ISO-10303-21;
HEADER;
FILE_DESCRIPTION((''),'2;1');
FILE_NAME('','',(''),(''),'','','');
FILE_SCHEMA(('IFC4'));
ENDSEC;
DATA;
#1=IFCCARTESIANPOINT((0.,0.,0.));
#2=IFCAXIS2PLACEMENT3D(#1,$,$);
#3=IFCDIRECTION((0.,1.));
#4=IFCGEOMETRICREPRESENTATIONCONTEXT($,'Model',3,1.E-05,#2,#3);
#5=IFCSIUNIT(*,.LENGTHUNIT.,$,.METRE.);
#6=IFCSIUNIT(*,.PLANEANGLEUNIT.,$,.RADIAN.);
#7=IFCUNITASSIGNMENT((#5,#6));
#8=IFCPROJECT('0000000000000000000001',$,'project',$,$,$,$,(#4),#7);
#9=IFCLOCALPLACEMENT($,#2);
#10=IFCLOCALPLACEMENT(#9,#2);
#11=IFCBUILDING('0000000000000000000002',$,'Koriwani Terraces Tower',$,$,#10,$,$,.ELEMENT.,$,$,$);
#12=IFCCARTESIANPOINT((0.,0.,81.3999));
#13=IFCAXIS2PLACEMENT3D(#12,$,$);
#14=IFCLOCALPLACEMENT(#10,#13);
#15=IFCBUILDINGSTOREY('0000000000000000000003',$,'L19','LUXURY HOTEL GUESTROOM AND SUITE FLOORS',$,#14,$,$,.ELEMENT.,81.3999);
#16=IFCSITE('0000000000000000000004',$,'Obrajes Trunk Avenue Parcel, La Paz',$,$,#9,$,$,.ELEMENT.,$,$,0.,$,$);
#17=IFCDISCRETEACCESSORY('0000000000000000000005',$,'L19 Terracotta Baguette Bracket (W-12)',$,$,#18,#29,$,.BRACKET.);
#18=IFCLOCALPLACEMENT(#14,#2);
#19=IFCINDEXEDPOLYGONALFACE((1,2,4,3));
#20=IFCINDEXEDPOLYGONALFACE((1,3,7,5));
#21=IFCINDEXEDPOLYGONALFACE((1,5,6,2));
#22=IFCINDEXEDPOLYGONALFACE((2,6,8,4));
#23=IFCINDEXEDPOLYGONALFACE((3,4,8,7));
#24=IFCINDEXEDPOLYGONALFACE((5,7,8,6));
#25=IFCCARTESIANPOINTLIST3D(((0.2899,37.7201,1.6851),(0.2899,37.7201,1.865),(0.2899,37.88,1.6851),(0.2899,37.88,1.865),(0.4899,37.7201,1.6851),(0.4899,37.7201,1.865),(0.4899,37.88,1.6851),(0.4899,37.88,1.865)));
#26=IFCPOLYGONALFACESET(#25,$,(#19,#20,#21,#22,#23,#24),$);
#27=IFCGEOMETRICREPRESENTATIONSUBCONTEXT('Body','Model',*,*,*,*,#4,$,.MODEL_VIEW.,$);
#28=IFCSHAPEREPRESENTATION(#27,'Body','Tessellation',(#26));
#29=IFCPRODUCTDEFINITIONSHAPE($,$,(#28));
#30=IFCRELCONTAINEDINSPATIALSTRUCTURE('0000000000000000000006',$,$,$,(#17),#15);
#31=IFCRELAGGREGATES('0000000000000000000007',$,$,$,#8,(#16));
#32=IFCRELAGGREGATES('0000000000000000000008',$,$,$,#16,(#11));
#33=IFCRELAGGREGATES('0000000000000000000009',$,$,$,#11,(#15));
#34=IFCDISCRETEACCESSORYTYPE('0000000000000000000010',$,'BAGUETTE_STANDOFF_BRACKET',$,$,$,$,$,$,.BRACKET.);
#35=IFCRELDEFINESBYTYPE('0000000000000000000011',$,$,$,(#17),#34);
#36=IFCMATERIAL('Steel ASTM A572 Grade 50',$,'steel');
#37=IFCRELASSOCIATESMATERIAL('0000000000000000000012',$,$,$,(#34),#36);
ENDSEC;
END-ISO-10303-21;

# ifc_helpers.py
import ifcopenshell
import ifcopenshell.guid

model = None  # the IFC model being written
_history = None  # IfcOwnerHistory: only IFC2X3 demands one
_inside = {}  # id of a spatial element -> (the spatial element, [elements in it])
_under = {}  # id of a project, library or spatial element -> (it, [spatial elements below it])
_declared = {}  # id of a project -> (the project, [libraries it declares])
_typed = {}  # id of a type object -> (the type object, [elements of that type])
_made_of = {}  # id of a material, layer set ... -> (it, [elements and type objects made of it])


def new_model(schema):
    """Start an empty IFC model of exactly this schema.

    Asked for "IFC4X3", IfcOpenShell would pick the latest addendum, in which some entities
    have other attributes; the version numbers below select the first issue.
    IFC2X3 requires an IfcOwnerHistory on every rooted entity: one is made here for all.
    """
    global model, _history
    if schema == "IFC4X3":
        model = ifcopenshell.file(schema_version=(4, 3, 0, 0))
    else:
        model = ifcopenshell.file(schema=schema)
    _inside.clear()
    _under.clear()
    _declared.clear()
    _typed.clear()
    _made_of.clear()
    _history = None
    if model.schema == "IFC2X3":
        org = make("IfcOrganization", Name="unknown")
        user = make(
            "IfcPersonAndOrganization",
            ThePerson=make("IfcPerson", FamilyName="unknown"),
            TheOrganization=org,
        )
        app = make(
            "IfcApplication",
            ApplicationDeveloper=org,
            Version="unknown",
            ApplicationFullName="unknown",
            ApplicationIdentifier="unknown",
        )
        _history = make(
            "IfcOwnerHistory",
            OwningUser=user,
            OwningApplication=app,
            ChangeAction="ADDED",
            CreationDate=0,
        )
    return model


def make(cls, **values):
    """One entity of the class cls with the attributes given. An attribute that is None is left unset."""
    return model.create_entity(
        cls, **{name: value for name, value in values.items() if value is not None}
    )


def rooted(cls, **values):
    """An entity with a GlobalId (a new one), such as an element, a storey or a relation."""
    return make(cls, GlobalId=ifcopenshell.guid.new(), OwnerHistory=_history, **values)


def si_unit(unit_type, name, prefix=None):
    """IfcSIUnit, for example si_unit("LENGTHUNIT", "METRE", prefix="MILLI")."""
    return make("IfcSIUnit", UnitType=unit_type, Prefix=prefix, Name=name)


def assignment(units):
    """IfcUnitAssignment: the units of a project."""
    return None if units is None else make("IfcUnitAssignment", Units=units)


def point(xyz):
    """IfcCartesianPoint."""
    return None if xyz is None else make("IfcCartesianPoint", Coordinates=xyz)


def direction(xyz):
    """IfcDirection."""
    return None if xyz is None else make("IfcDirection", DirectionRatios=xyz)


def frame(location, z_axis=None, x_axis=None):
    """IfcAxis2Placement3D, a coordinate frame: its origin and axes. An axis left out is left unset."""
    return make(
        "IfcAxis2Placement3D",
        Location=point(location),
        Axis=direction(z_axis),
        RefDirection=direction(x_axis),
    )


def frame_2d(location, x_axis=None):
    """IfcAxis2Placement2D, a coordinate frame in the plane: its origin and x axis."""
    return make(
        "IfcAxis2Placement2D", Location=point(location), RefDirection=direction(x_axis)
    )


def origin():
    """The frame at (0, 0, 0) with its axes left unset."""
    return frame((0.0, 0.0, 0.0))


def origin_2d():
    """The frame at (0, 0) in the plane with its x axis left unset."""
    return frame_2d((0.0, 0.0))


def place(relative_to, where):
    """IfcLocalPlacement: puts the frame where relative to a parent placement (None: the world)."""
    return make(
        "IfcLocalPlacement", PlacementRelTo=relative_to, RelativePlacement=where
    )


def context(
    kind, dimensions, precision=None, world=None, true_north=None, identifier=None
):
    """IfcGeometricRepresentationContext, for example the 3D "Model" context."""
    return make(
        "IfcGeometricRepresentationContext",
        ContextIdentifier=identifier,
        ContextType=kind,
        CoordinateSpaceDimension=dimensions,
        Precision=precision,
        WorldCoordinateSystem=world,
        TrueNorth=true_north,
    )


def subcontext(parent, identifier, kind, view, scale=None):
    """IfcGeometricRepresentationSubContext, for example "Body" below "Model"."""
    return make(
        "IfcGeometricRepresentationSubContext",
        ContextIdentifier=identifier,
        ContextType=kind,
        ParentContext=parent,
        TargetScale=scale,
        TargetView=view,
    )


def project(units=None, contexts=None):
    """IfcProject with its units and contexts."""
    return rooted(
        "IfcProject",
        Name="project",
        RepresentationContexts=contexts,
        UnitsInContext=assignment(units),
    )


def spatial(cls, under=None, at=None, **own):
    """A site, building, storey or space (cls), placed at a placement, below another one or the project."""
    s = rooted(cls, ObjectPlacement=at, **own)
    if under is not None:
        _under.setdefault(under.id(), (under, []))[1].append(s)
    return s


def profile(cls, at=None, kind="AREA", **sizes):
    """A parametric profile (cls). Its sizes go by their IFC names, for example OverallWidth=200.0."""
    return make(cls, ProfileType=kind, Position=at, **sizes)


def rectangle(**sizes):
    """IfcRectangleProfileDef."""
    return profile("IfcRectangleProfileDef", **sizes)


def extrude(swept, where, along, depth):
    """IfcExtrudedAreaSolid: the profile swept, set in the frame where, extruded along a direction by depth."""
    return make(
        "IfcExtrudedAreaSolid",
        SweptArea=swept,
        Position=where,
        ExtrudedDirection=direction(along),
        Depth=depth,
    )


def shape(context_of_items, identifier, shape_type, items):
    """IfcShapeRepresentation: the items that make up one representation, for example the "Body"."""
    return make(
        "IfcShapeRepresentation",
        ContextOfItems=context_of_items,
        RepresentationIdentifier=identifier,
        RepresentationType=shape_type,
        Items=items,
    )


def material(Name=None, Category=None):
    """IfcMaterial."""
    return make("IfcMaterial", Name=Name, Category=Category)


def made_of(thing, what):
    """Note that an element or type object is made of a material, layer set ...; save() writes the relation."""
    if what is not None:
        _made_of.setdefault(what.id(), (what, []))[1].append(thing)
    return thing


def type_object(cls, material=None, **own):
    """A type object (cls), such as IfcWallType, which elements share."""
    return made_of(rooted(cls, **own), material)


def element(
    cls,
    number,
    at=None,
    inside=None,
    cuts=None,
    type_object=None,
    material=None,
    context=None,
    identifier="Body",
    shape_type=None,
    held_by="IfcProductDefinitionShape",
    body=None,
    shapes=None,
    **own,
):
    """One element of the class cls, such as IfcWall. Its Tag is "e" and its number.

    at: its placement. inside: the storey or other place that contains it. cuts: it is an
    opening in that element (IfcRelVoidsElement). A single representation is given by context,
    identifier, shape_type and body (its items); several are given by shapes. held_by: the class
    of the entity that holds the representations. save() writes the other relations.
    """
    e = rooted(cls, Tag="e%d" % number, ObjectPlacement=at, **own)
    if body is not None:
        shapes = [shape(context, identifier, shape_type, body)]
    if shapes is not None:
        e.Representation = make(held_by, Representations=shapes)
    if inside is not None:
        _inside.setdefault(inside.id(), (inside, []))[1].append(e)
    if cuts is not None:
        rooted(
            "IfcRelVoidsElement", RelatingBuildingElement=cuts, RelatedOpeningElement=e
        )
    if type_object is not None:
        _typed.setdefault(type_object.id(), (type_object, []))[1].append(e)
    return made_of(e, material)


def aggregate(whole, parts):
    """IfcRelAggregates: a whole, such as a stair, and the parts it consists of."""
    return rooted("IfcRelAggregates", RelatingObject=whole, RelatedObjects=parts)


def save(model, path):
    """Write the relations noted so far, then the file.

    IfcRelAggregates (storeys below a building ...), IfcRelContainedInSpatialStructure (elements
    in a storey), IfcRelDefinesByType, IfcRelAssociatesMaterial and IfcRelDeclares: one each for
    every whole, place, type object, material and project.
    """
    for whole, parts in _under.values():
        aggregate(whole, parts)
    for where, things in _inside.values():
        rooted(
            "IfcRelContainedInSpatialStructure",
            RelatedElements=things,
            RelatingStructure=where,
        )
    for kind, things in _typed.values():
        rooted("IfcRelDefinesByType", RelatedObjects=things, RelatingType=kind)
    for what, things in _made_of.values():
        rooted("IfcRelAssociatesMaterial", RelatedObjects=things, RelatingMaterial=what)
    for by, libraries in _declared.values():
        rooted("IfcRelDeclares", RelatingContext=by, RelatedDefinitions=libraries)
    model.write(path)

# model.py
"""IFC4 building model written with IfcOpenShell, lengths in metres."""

from ifc_helpers import new_model, si_unit, direction, frame, origin, origin_2d, place, context, subcontext, project, spatial, rectangle, extrude, material, type_object, element, save


model = new_model("IFC4")

# Units and contexts
model_context = context("Model", 3, precision=1e-05, world=origin(), true_north=direction((0.0, 1.0)))
body_context = subcontext(model_context, "Body", "Model", "MODEL_VIEW")
ifc_project = project(units=[si_unit("LENGTHUNIT", "METRE"), si_unit("PLANEANGLEUNIT", "RADIAN")], contexts=[model_context])

# Site, building, storey
site_placement = place(None, origin())
site = spatial("IfcSite", under=ifc_project, at=site_placement, Name="Obrajes Trunk Avenue Parcel, La Paz", CompositionType="ELEMENT", RefElevation=0.0)
building_placement = place(site_placement, origin())
building = spatial("IfcBuilding", under=site, at=building_placement, Name="Koriwani Terraces Tower", CompositionType="ELEMENT")
storey_placement = place(building_placement, frame((0.0, 0.0, 81.3999)))
storey = spatial("IfcBuildingStorey", under=building, at=storey_placement, Name="L19", Description="LUXURY HOTEL GUESTROOM AND SUITE FLOORS", CompositionType="ELEMENT", Elevation=81.3999)

# Shared definitions
ifc_material_1 = material(Name="Steel ASTM A572 Grade 50", Category="steel")

# Discrete accessory
discrete_accessory_type = type_object("IfcDiscreteAccessoryType", Name="BAGUETTE_STANDOFF_BRACKET", PredefinedType="BRACKET", material=ifc_material_1)
discrete_accessory_placement = place(storey_placement, frame((0.3899, 37.8, 1.6851), z_axis=(0.0, 0.0, 1.0), x_axis=(0.0, 1.0, 0.0)))
element("IfcDiscreteAccessory", 1, at=discrete_accessory_placement, inside=storey, type_object=discrete_accessory_type, Name="L19 Terracotta Baguette Bracket (W-12)", PredefinedType="BRACKET", context=body_context, shape_type="SweptSolid", body=[
    extrude(rectangle(XDim=0.1599, YDim=0.2, at=origin_2d()), origin(), (0.0, 0.0, 1.0), 0.1799),
])

save(model, "model.ifc")
